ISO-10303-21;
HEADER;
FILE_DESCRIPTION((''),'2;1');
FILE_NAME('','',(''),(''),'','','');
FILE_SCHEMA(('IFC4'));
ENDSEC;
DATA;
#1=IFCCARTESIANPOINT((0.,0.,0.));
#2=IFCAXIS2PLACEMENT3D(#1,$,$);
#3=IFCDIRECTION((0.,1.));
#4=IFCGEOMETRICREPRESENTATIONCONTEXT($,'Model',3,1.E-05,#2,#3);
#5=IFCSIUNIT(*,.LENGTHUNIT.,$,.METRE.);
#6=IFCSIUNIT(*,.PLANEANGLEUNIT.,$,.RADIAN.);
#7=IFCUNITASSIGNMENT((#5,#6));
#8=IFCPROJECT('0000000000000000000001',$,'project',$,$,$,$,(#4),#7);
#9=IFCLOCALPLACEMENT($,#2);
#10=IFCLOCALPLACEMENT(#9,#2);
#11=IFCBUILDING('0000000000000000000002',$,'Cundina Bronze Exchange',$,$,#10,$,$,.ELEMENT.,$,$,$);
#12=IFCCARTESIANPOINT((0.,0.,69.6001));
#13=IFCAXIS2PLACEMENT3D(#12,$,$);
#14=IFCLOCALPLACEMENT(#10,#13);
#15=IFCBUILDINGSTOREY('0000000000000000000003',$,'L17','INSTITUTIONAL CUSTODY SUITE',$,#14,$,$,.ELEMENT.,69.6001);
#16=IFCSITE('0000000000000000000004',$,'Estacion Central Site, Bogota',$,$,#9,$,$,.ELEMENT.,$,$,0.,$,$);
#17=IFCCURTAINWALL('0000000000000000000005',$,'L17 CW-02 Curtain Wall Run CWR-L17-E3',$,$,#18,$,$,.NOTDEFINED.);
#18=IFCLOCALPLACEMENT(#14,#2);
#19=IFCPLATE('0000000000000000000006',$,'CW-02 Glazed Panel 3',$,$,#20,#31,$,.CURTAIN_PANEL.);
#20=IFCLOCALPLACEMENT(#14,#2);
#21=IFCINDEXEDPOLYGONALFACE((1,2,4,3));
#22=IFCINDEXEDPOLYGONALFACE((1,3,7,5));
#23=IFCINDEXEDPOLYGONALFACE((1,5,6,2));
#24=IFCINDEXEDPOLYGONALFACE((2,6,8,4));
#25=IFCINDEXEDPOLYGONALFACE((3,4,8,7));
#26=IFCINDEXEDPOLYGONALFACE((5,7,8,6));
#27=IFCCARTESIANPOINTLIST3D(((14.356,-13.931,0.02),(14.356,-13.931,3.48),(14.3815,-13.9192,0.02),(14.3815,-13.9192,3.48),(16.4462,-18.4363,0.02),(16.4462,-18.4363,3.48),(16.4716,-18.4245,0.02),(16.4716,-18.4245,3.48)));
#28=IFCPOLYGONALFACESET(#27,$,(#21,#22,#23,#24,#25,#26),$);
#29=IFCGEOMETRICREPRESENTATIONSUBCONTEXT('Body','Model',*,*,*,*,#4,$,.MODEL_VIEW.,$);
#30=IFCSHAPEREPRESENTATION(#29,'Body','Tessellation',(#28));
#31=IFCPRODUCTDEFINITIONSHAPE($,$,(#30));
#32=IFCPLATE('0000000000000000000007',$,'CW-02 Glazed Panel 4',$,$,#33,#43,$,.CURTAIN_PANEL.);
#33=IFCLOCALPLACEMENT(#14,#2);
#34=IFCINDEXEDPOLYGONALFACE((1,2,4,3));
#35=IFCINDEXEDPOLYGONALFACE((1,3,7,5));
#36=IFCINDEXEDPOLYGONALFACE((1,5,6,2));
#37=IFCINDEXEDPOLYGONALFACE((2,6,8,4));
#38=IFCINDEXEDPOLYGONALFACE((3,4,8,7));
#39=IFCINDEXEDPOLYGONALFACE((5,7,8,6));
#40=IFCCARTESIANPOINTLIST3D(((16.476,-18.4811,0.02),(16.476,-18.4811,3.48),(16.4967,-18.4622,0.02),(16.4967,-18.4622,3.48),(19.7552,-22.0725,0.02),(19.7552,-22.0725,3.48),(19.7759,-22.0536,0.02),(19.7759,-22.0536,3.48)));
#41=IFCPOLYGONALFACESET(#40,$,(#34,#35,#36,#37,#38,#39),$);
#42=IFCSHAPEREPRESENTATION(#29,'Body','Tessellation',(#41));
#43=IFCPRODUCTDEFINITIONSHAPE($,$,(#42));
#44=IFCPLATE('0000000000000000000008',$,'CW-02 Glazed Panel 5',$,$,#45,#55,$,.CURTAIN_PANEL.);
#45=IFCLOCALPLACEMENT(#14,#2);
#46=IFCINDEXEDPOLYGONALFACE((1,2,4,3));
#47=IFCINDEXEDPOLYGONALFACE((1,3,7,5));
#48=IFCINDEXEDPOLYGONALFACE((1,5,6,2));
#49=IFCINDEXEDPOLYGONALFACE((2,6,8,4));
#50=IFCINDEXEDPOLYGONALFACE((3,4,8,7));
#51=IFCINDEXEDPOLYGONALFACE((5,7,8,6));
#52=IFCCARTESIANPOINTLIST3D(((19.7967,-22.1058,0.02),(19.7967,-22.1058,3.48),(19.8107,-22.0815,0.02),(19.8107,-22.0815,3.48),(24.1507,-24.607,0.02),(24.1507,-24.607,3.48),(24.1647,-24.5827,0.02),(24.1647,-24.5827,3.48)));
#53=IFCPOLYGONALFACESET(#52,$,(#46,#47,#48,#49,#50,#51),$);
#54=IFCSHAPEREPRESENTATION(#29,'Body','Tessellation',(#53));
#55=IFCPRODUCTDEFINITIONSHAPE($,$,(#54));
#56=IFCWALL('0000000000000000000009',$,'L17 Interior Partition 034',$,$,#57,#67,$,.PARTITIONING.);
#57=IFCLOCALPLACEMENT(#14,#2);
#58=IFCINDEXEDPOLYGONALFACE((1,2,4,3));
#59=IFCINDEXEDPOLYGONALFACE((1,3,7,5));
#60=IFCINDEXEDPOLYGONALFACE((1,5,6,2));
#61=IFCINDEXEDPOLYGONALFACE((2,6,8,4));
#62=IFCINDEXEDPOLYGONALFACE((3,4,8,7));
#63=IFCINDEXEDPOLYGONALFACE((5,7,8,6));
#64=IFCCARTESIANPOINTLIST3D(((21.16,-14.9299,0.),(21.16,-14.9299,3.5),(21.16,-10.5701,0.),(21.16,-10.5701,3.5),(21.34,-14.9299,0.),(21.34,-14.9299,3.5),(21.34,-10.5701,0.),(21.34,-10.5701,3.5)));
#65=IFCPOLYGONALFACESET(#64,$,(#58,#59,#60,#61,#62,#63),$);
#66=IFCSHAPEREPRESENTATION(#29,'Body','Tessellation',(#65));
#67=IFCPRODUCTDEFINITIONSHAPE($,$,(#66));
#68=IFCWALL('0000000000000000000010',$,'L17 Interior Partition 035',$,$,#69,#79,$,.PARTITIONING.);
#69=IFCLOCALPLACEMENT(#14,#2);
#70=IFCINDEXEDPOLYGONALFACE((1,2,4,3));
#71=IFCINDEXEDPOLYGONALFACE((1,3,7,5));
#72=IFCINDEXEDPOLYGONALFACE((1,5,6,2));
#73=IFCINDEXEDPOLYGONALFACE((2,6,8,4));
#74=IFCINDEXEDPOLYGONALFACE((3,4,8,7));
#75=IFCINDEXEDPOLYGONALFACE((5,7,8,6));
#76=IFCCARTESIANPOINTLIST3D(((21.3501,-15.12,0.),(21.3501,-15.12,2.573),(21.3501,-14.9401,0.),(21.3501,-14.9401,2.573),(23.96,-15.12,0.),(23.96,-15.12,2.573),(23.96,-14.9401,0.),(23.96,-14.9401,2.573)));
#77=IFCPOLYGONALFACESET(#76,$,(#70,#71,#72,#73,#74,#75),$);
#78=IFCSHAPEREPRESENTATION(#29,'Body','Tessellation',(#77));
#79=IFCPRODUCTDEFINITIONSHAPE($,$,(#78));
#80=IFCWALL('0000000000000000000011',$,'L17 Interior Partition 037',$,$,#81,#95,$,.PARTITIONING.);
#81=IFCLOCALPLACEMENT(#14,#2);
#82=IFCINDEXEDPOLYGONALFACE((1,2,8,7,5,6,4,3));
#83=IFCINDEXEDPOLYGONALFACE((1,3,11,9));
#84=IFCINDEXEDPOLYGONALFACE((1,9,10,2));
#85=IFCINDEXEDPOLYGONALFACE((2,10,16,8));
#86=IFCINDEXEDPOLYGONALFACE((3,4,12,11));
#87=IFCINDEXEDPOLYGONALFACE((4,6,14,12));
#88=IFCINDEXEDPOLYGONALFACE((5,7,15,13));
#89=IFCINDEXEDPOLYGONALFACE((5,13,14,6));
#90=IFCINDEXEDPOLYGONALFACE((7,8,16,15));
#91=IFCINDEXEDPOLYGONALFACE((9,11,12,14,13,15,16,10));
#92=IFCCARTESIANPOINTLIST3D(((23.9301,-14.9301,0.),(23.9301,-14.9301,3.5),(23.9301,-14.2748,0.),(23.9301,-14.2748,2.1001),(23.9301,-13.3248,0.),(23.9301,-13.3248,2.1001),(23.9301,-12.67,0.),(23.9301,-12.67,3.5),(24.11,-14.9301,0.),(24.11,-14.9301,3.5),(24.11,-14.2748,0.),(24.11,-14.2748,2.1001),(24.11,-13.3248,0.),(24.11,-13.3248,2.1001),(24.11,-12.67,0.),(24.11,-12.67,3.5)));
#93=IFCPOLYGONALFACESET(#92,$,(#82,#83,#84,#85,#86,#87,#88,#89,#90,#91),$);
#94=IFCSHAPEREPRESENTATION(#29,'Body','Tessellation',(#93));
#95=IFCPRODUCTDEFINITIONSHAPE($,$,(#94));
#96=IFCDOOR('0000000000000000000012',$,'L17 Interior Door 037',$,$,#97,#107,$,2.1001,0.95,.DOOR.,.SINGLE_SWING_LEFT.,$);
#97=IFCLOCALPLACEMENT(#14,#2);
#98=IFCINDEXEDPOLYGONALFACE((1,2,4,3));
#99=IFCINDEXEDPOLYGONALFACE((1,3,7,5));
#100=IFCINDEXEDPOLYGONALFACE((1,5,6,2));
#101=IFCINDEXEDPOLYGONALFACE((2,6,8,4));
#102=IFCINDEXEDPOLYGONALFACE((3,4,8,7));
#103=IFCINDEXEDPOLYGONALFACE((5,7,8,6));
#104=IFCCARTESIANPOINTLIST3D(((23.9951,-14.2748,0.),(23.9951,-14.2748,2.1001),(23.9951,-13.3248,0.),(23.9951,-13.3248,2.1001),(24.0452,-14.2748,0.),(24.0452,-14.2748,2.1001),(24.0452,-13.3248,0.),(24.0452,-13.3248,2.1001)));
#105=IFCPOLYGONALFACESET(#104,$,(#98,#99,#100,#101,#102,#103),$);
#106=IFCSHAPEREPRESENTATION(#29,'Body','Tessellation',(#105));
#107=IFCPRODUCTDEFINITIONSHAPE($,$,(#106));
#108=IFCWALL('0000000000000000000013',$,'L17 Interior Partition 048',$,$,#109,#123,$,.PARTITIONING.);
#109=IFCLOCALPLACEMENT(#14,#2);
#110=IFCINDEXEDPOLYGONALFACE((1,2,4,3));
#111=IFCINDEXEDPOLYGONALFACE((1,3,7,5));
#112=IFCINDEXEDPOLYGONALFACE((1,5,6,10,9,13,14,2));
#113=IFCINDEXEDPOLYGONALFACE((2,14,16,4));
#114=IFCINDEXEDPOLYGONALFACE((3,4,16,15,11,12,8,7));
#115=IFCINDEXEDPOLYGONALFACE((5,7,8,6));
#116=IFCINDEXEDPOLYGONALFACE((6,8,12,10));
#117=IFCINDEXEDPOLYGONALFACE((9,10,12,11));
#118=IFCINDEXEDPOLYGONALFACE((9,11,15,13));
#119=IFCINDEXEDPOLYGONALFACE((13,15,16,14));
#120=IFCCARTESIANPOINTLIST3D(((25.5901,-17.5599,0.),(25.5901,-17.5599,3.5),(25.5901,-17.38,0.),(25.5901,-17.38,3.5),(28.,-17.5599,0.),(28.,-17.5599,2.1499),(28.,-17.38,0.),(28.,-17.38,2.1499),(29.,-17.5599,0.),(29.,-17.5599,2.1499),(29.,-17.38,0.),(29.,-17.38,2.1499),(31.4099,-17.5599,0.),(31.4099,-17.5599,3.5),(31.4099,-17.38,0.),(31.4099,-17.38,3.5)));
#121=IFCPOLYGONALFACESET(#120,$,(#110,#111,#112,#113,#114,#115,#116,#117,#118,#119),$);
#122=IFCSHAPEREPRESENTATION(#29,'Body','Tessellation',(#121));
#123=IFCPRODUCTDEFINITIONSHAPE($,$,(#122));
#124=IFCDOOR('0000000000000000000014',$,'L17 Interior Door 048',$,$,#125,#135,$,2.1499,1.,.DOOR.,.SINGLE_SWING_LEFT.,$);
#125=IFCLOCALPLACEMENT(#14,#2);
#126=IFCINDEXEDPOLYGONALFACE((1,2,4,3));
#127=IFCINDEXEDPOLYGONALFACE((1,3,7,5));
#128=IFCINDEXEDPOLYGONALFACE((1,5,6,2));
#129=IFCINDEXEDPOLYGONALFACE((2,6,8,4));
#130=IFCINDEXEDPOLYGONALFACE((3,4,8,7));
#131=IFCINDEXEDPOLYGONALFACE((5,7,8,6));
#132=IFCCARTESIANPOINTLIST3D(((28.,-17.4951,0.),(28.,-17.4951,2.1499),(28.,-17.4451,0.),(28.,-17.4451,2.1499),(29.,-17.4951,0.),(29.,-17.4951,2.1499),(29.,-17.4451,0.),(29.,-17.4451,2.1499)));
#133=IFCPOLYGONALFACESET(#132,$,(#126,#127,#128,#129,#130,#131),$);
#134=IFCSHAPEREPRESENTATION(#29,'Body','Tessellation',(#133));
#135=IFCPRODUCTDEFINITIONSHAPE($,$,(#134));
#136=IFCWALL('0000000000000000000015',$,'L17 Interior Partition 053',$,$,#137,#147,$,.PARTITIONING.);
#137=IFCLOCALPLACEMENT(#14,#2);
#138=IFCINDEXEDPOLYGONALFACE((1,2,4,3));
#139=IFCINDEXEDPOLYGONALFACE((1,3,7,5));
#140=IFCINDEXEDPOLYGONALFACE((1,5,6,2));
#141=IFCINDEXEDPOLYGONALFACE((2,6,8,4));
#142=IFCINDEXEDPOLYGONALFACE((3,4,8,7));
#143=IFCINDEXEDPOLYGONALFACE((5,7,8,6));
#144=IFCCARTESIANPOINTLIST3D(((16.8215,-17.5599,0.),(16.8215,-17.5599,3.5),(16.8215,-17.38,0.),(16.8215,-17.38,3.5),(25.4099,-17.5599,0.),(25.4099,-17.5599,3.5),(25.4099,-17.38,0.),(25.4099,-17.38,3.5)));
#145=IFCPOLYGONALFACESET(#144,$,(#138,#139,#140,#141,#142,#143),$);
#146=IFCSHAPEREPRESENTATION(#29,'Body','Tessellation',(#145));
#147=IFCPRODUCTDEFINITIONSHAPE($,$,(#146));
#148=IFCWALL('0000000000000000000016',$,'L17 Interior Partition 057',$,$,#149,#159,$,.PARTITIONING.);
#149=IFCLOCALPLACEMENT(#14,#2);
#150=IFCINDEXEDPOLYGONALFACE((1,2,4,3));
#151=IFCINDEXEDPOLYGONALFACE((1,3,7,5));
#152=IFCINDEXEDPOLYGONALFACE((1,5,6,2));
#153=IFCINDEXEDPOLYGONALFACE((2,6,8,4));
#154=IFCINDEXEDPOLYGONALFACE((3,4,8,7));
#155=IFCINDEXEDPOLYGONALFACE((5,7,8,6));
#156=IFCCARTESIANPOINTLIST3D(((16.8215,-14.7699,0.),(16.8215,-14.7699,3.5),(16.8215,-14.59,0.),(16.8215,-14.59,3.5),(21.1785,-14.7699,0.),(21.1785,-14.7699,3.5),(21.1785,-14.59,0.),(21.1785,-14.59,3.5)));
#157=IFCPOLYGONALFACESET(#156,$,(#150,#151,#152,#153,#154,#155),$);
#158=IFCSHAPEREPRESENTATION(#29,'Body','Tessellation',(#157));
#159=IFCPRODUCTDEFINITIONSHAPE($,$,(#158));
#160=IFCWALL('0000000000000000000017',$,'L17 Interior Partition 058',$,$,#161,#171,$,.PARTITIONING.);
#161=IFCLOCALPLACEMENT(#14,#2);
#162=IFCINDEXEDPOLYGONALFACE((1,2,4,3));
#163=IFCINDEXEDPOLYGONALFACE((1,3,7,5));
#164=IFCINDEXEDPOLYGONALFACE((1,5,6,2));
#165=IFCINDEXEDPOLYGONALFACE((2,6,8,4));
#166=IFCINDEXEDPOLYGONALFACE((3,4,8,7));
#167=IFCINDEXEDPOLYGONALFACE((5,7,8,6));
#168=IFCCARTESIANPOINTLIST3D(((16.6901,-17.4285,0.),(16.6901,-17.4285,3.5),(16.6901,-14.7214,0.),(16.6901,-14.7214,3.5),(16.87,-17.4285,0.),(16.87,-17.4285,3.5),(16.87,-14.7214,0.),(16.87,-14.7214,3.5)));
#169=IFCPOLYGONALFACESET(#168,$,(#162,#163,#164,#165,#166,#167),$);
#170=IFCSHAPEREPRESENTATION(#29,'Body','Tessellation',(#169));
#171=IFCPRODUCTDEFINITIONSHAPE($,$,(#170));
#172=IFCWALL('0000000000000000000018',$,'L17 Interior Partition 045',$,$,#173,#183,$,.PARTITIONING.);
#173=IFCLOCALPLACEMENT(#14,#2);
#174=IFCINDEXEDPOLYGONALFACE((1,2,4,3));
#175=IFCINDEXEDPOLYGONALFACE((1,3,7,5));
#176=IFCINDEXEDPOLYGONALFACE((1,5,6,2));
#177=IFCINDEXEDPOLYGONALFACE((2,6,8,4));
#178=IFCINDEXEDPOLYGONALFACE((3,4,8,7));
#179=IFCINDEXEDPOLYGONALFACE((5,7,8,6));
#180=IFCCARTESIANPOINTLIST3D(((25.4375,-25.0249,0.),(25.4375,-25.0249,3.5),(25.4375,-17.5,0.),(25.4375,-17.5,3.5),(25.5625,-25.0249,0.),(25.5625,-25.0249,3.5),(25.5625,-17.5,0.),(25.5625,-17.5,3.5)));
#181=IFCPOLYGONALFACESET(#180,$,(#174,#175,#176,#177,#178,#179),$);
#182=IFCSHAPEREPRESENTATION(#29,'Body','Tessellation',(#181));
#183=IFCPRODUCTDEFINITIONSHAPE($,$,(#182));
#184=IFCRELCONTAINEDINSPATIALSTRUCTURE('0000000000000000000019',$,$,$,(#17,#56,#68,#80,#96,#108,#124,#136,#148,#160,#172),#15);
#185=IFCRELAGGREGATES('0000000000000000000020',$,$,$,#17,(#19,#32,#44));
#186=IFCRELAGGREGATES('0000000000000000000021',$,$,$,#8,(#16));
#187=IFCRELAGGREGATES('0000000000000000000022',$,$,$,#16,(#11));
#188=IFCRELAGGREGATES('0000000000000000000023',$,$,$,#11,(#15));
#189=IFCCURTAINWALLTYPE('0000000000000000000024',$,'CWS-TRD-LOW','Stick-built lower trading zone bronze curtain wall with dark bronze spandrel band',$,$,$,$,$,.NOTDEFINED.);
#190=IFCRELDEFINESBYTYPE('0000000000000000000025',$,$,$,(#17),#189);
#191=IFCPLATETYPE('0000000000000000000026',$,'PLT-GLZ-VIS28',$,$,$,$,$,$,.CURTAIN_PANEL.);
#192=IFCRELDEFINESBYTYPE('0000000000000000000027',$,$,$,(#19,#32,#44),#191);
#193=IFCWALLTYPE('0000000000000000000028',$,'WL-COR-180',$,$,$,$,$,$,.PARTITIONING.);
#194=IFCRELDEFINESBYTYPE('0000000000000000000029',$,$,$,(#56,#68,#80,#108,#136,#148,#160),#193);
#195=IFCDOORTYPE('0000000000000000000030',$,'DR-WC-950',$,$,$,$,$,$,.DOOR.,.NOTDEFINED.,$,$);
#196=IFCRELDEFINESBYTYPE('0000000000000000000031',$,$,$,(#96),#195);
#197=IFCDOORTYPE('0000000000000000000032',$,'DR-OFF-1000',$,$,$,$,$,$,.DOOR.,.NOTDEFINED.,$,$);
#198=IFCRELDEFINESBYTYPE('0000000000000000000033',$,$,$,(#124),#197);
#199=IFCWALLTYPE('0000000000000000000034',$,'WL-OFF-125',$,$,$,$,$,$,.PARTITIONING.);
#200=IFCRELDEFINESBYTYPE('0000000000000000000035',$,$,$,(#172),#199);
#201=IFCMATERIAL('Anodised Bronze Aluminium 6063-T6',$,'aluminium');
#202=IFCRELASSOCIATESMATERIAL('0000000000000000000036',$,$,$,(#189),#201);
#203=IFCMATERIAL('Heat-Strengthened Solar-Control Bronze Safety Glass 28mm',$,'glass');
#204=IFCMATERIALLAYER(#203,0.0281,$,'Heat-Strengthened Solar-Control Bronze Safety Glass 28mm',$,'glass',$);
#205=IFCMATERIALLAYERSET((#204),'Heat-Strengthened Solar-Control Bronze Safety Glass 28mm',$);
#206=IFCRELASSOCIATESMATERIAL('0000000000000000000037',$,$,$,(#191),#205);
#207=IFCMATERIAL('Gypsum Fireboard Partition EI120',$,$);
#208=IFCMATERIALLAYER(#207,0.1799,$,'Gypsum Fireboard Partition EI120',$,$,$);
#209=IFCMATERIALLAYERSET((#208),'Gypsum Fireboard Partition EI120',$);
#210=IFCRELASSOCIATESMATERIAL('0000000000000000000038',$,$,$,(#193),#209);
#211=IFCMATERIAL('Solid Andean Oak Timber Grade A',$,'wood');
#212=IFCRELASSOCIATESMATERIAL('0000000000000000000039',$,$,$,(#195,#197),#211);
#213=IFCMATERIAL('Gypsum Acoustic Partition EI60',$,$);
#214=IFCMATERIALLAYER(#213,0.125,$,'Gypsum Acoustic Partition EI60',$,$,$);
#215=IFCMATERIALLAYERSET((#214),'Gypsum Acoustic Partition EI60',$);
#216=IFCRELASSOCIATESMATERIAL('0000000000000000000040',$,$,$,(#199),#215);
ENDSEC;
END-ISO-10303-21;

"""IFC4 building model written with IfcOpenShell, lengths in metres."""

from ifc_helpers import new_model, si_unit, direction, frame, frame_2d, origin, origin_2d, place, context, subcontext, project, spatial, rectangle, extrude, material, layer, layer_set, type_object, element, fill, aggregate, save


model = new_model("IFC4")

# Units and contexts
model_context = context("Model", 3, precision=1e-05, world=origin(), true_north=direction((0.0, 1.0)))
body_context = subcontext(model_context, "Body", "Model", "MODEL_VIEW")
ifc_project = project(units=[si_unit("LENGTHUNIT", "METRE"), si_unit("PLANEANGLEUNIT", "RADIAN")], contexts=[model_context])

# Site, building, storey
site_placement = place(None, origin())
site = spatial("IfcSite", under=ifc_project, at=site_placement, Name="Estacion Central Site, Bogota", CompositionType="ELEMENT", RefElevation=0.0)
building_placement = place(site_placement, origin())
building = spatial("IfcBuilding", under=site, at=building_placement, Name="Cundina Bronze Exchange", CompositionType="ELEMENT")
storey_placement = place(building_placement, frame((0.0, 0.0, 69.6001)))
storey = spatial("IfcBuildingStorey", under=building, at=storey_placement, Name="L17", Description="INSTITUTIONAL CUSTODY SUITE", CompositionType="ELEMENT", Elevation=69.6001)

# Curtain wall, plates
ifc_material_1 = material(Name="Anodised Bronze Aluminium 6063-T6", Category="aluminium")
curtain_wall_type = type_object("IfcCurtainWallType", Name="CWS-TRD-LOW", Description="Stick-built lower trading zone bronze curtain wall with dark bronze spandrel band", PredefinedType="NOTDEFINED", material=ifc_material_1)
curtain_wall_placement = place(storey_placement, origin())
curtain_wall = element("IfcCurtainWall", 1, at=curtain_wall_placement, inside=storey, type_object=curtain_wall_type, Name="L17 CW-02 Curtain Wall Run CWR-L17-E3", PredefinedType="NOTDEFINED")
ifc_material_2 = material(Name="Heat-Strengthened Solar-Control Bronze Safety Glass 28mm", Category="glass")
ifc_layer_1 = layer(ifc_material_2, 0.0281, Name="Heat-Strengthened Solar-Control Bronze Safety Glass 28mm", Category="glass")
ifc_layer_set_1 = layer_set([ifc_layer_1], Name="Heat-Strengthened Solar-Control Bronze Safety Glass 28mm")
plate_type = type_object("IfcPlateType", Name="PLT-GLZ-VIS28", PredefinedType="CURTAIN_PANEL", material=ifc_layer_set_1)
plate_1_placement = place(storey_placement, frame((15.4138, -16.1777, 0.02), z_axis=(0.0, 0.0, 1.0), x_axis=(0.420846, -0.907132, 0.0)))
plate_1 = element("IfcPlate", 2, at=plate_1_placement, type_object=plate_type, Name="CW-02 Glazed Panel 3", PredefinedType="CURTAIN_PANEL", context=body_context, shape_type="SweptSolid", body=[
    extrude(rectangle(XDim=4.9666, YDim=0.0281, at=origin_2d()), origin(), (0.0, 0.0, 1.0), 3.46),
])
plate_2_placement = place(storey_placement, frame((18.126, -20.2673, 0.02), z_axis=(0.0, 0.0, 1.0), x_axis=(0.674277, -0.738479, 0.0)))
plate_2 = element("IfcPlate", 3, at=plate_2_placement, type_object=plate_type, Name="CW-02 Glazed Panel 4", PredefinedType="CURTAIN_PANEL", context=body_context, shape_type="SweptSolid", body=[
    extrude(rectangle(XDim=4.8633, YDim=0.0281, at=origin_2d()), origin(), (0.0, 0.0, 1.0), 3.46),
])
plate_3_placement = place(storey_placement, frame((21.9807, -23.3442, 0.02), z_axis=(0.0, 0.0, 1.0), x_axis=(0.867105, -0.498125, 0.0)))
plate_3 = element("IfcPlate", 4, at=plate_3_placement, type_object=plate_type, Name="CW-02 Glazed Panel 5", PredefinedType="CURTAIN_PANEL", context=body_context, shape_type="SweptSolid", body=[
    extrude(rectangle(XDim=5.0212, YDim=0.0281, at=origin_2d()), origin(), (0.0, 0.0, 1.0), 3.46),
])
aggregate(curtain_wall, [plate_1, plate_2, plate_3])

# Walls
ifc_material_3 = material(Name="Gypsum Fireboard Partition EI120")
ifc_layer_2 = layer(ifc_material_3, 0.1799, Name="Gypsum Fireboard Partition EI120")
ifc_layer_set_2 = layer_set([ifc_layer_2], Name="Gypsum Fireboard Partition EI120")
wall_type_1 = type_object("IfcWallType", Name="WL-COR-180", PredefinedType="PARTITIONING", material=ifc_layer_set_2)
wall_1_placement = place(storey_placement, frame((21.25, -14.9299, 0.0), z_axis=(0.0, 0.0, 1.0), x_axis=(0.0, 1.0, 0.0)))
element("IfcWall", 5, at=wall_1_placement, inside=storey, type_object=wall_type_1, Name="L17 Interior Partition 034", PredefinedType="PARTITIONING", context=body_context, shape_type="SweptSolid", body=[
    extrude(rectangle(XDim=4.3599, YDim=0.1799, at=frame_2d((2.1799, 0.0))), origin(), (0.0, 0.0, 1.0), 3.5),
])
wall_2_placement = place(storey_placement, frame((21.3501, -15.03, 0.0), z_axis=(0.0, 0.0, 1.0), x_axis=(1.0, 0.0, 0.0)))
element("IfcWall", 6, at=wall_2_placement, inside=storey, type_object=wall_type_1, Name="L17 Interior Partition 035", PredefinedType="PARTITIONING", context=body_context, shape_type="SweptSolid", body=[
    extrude(rectangle(XDim=2.6099, YDim=0.1799, at=frame_2d((1.3049, 0.0))), origin(), (0.0, 0.0, 1.0), 2.573),
])

# Walls, openings, doors
wall_3_placement = place(storey_placement, frame((24.02, -14.9299, 0.0), z_axis=(0.0, 0.0, 1.0), x_axis=(0.0, 1.0, 0.0)))
wall_3 = element("IfcWall", 7, at=wall_3_placement, inside=storey, type_object=wall_type_1, Name="L17 Interior Partition 037", PredefinedType="PARTITIONING", context=body_context, shape_type="SweptSolid", body=[
    extrude(rectangle(XDim=2.26, YDim=0.1799, at=frame_2d((1.1299, 0.0))), origin(), (0.0, 0.0, 1.0), 3.5),
])
opening_1_placement = place(wall_3_placement, frame((0.655, 0.0, 0.0)))
opening_1 = element("IfcOpeningElement", 8, at=opening_1_placement, cuts=wall_3, PredefinedType="OPENING", context=body_context, shape_type="SweptSolid", body=[
    extrude(rectangle(XDim=0.95, YDim=2.1001, at=frame_2d((0.4751, 1.05))), frame((0.0, 0.0999, 0.0), z_axis=(0.0, -1.0, 0.0), x_axis=(1.0, 0.0, 0.0)), (0.0, 0.0, 1.0), 0.2),
])
ifc_material_4 = material(Name="Solid Andean Oak Timber Grade A", Category="wood")
door_type_1 = type_object("IfcDoorType", Name="DR-WC-950", OperationType="NOTDEFINED", PredefinedType="DOOR", material=ifc_material_4)
door_1_placement = place(opening_1_placement, origin())
door_1 = element("IfcDoor", 9, at=door_1_placement, inside=storey, type_object=door_type_1, Name="L17 Interior Door 037", OperationType="SINGLE_SWING_LEFT", OverallHeight=2.1001, OverallWidth=0.95, PredefinedType="DOOR", context=body_context, shape_type="SweptSolid", body=[
    extrude(rectangle(XDim=0.95, YDim=2.1001, at=frame_2d((0.4751, 1.05))), frame((0.0, 0.0249, 0.0), z_axis=(0.0, -1.0, 0.0), x_axis=(1.0, 0.0, 0.0)), (0.0, 0.0, 1.0), 0.05),
])
fill(opening_1, door_1)
wall_4_placement = place(storey_placement, frame((25.5901, -17.47, 0.0), z_axis=(0.0, 0.0, 1.0), x_axis=(1.0, 0.0, 0.0)))
wall_4 = element("IfcWall", 10, at=wall_4_placement, inside=storey, type_object=wall_type_1, Name="L17 Interior Partition 048", PredefinedType="PARTITIONING", context=body_context, shape_type="SweptSolid", body=[
    extrude(rectangle(XDim=5.8198, YDim=0.1799, at=frame_2d((2.9099, 0.0))), origin(), (0.0, 0.0, 1.0), 3.5),
])
opening_2_placement = place(wall_4_placement, frame((2.4099, 0.0, 0.0)))
opening_2 = element("IfcOpeningElement", 11, at=opening_2_placement, cuts=wall_4, PredefinedType="OPENING", context=body_context, shape_type="SweptSolid", body=[
    extrude(rectangle(XDim=1.0, YDim=2.1499, at=frame_2d((0.5, 1.075))), frame((0.0, 0.0999, 0.0), z_axis=(0.0, -1.0, 0.0), x_axis=(1.0, 0.0, 0.0)), (0.0, 0.0, 1.0), 0.2),
])
door_type_2 = type_object("IfcDoorType", Name="DR-OFF-1000", OperationType="NOTDEFINED", PredefinedType="DOOR", material=ifc_material_4)
door_2_placement = place(opening_2_placement, origin())
door_2 = element("IfcDoor", 12, at=door_2_placement, inside=storey, type_object=door_type_2, Name="L17 Interior Door 048", OperationType="SINGLE_SWING_LEFT", OverallHeight=2.1499, OverallWidth=1.0, PredefinedType="DOOR", context=body_context, shape_type="SweptSolid", body=[
    extrude(rectangle(XDim=1.0, YDim=2.1499, at=frame_2d((0.5, 1.075))), frame((0.0, 0.0249, 0.0), z_axis=(0.0, -1.0, 0.0), x_axis=(1.0, 0.0, 0.0)), (0.0, 0.0, 1.0), 0.05),
])
fill(opening_2, door_2)

# Walls
wall_5_placement = place(storey_placement, frame((16.8215, -17.47, 0.0), z_axis=(0.0, 0.0, 1.0), x_axis=(1.0, 0.0, 0.0)))
element("IfcWall", 13, at=wall_5_placement, inside=storey, type_object=wall_type_1, Name="L17 Interior Partition 053", PredefinedType="PARTITIONING", context=body_context, shape_type="SweptSolid", body=[
    extrude(rectangle(XDim=8.5884, YDim=0.1799, at=frame_2d((4.2942, 0.0))), origin(), (0.0, 0.0, 1.0), 3.5),
])
wall_6_placement = place(storey_placement, frame((21.1785, -14.6799, 0.0), z_axis=(0.0, 0.0, 1.0), x_axis=(-1.0, 0.0, 0.0)))
element("IfcWall", 14, at=wall_6_placement, inside=storey, type_object=wall_type_1, Name="L17 Interior Partition 057", PredefinedType="PARTITIONING", context=body_context, shape_type="SweptSolid", body=[
    extrude(rectangle(XDim=4.3569, YDim=0.1799, at=frame_2d((2.1785, 0.0))), origin(), (0.0, 0.0, 1.0), 3.5),
])
wall_7_placement = place(storey_placement, frame((16.78, -14.7214, 0.0), z_axis=(0.0, 0.0, 1.0), x_axis=(0.0, -1.0, 0.0)))
element("IfcWall", 15, at=wall_7_placement, inside=storey, type_object=wall_type_1, Name="L17 Interior Partition 058", PredefinedType="PARTITIONING", context=body_context, shape_type="SweptSolid", body=[
    extrude(rectangle(XDim=2.707, YDim=0.1799, at=frame_2d((1.3535, 0.0))), origin(), (0.0, 0.0, 1.0), 3.5),
])
ifc_material_5 = material(Name="Gypsum Acoustic Partition EI60")
ifc_layer_3 = layer(ifc_material_5, 0.125, Name="Gypsum Acoustic Partition EI60")
ifc_layer_set_3 = layer_set([ifc_layer_3], Name="Gypsum Acoustic Partition EI60")
wall_type_2 = type_object("IfcWallType", Name="WL-OFF-125", PredefinedType="PARTITIONING", material=ifc_layer_set_3)
wall_8_placement = place(storey_placement, frame((25.5, -25.0249, 0.0), z_axis=(0.0, 0.0, 1.0), x_axis=(0.0, 1.0, 0.0)))
element("IfcWall", 16, at=wall_8_placement, inside=storey, type_object=wall_type_2, Name="L17 Interior Partition 045", PredefinedType="PARTITIONING", context=body_context, shape_type="SweptSolid", body=[
    extrude(rectangle(XDim=7.5249, YDim=0.125, at=frame_2d((3.7625, 0.0))), origin(), (0.0, 0.0, 1.0), 3.5),
])

save(model, "model.ifc")
